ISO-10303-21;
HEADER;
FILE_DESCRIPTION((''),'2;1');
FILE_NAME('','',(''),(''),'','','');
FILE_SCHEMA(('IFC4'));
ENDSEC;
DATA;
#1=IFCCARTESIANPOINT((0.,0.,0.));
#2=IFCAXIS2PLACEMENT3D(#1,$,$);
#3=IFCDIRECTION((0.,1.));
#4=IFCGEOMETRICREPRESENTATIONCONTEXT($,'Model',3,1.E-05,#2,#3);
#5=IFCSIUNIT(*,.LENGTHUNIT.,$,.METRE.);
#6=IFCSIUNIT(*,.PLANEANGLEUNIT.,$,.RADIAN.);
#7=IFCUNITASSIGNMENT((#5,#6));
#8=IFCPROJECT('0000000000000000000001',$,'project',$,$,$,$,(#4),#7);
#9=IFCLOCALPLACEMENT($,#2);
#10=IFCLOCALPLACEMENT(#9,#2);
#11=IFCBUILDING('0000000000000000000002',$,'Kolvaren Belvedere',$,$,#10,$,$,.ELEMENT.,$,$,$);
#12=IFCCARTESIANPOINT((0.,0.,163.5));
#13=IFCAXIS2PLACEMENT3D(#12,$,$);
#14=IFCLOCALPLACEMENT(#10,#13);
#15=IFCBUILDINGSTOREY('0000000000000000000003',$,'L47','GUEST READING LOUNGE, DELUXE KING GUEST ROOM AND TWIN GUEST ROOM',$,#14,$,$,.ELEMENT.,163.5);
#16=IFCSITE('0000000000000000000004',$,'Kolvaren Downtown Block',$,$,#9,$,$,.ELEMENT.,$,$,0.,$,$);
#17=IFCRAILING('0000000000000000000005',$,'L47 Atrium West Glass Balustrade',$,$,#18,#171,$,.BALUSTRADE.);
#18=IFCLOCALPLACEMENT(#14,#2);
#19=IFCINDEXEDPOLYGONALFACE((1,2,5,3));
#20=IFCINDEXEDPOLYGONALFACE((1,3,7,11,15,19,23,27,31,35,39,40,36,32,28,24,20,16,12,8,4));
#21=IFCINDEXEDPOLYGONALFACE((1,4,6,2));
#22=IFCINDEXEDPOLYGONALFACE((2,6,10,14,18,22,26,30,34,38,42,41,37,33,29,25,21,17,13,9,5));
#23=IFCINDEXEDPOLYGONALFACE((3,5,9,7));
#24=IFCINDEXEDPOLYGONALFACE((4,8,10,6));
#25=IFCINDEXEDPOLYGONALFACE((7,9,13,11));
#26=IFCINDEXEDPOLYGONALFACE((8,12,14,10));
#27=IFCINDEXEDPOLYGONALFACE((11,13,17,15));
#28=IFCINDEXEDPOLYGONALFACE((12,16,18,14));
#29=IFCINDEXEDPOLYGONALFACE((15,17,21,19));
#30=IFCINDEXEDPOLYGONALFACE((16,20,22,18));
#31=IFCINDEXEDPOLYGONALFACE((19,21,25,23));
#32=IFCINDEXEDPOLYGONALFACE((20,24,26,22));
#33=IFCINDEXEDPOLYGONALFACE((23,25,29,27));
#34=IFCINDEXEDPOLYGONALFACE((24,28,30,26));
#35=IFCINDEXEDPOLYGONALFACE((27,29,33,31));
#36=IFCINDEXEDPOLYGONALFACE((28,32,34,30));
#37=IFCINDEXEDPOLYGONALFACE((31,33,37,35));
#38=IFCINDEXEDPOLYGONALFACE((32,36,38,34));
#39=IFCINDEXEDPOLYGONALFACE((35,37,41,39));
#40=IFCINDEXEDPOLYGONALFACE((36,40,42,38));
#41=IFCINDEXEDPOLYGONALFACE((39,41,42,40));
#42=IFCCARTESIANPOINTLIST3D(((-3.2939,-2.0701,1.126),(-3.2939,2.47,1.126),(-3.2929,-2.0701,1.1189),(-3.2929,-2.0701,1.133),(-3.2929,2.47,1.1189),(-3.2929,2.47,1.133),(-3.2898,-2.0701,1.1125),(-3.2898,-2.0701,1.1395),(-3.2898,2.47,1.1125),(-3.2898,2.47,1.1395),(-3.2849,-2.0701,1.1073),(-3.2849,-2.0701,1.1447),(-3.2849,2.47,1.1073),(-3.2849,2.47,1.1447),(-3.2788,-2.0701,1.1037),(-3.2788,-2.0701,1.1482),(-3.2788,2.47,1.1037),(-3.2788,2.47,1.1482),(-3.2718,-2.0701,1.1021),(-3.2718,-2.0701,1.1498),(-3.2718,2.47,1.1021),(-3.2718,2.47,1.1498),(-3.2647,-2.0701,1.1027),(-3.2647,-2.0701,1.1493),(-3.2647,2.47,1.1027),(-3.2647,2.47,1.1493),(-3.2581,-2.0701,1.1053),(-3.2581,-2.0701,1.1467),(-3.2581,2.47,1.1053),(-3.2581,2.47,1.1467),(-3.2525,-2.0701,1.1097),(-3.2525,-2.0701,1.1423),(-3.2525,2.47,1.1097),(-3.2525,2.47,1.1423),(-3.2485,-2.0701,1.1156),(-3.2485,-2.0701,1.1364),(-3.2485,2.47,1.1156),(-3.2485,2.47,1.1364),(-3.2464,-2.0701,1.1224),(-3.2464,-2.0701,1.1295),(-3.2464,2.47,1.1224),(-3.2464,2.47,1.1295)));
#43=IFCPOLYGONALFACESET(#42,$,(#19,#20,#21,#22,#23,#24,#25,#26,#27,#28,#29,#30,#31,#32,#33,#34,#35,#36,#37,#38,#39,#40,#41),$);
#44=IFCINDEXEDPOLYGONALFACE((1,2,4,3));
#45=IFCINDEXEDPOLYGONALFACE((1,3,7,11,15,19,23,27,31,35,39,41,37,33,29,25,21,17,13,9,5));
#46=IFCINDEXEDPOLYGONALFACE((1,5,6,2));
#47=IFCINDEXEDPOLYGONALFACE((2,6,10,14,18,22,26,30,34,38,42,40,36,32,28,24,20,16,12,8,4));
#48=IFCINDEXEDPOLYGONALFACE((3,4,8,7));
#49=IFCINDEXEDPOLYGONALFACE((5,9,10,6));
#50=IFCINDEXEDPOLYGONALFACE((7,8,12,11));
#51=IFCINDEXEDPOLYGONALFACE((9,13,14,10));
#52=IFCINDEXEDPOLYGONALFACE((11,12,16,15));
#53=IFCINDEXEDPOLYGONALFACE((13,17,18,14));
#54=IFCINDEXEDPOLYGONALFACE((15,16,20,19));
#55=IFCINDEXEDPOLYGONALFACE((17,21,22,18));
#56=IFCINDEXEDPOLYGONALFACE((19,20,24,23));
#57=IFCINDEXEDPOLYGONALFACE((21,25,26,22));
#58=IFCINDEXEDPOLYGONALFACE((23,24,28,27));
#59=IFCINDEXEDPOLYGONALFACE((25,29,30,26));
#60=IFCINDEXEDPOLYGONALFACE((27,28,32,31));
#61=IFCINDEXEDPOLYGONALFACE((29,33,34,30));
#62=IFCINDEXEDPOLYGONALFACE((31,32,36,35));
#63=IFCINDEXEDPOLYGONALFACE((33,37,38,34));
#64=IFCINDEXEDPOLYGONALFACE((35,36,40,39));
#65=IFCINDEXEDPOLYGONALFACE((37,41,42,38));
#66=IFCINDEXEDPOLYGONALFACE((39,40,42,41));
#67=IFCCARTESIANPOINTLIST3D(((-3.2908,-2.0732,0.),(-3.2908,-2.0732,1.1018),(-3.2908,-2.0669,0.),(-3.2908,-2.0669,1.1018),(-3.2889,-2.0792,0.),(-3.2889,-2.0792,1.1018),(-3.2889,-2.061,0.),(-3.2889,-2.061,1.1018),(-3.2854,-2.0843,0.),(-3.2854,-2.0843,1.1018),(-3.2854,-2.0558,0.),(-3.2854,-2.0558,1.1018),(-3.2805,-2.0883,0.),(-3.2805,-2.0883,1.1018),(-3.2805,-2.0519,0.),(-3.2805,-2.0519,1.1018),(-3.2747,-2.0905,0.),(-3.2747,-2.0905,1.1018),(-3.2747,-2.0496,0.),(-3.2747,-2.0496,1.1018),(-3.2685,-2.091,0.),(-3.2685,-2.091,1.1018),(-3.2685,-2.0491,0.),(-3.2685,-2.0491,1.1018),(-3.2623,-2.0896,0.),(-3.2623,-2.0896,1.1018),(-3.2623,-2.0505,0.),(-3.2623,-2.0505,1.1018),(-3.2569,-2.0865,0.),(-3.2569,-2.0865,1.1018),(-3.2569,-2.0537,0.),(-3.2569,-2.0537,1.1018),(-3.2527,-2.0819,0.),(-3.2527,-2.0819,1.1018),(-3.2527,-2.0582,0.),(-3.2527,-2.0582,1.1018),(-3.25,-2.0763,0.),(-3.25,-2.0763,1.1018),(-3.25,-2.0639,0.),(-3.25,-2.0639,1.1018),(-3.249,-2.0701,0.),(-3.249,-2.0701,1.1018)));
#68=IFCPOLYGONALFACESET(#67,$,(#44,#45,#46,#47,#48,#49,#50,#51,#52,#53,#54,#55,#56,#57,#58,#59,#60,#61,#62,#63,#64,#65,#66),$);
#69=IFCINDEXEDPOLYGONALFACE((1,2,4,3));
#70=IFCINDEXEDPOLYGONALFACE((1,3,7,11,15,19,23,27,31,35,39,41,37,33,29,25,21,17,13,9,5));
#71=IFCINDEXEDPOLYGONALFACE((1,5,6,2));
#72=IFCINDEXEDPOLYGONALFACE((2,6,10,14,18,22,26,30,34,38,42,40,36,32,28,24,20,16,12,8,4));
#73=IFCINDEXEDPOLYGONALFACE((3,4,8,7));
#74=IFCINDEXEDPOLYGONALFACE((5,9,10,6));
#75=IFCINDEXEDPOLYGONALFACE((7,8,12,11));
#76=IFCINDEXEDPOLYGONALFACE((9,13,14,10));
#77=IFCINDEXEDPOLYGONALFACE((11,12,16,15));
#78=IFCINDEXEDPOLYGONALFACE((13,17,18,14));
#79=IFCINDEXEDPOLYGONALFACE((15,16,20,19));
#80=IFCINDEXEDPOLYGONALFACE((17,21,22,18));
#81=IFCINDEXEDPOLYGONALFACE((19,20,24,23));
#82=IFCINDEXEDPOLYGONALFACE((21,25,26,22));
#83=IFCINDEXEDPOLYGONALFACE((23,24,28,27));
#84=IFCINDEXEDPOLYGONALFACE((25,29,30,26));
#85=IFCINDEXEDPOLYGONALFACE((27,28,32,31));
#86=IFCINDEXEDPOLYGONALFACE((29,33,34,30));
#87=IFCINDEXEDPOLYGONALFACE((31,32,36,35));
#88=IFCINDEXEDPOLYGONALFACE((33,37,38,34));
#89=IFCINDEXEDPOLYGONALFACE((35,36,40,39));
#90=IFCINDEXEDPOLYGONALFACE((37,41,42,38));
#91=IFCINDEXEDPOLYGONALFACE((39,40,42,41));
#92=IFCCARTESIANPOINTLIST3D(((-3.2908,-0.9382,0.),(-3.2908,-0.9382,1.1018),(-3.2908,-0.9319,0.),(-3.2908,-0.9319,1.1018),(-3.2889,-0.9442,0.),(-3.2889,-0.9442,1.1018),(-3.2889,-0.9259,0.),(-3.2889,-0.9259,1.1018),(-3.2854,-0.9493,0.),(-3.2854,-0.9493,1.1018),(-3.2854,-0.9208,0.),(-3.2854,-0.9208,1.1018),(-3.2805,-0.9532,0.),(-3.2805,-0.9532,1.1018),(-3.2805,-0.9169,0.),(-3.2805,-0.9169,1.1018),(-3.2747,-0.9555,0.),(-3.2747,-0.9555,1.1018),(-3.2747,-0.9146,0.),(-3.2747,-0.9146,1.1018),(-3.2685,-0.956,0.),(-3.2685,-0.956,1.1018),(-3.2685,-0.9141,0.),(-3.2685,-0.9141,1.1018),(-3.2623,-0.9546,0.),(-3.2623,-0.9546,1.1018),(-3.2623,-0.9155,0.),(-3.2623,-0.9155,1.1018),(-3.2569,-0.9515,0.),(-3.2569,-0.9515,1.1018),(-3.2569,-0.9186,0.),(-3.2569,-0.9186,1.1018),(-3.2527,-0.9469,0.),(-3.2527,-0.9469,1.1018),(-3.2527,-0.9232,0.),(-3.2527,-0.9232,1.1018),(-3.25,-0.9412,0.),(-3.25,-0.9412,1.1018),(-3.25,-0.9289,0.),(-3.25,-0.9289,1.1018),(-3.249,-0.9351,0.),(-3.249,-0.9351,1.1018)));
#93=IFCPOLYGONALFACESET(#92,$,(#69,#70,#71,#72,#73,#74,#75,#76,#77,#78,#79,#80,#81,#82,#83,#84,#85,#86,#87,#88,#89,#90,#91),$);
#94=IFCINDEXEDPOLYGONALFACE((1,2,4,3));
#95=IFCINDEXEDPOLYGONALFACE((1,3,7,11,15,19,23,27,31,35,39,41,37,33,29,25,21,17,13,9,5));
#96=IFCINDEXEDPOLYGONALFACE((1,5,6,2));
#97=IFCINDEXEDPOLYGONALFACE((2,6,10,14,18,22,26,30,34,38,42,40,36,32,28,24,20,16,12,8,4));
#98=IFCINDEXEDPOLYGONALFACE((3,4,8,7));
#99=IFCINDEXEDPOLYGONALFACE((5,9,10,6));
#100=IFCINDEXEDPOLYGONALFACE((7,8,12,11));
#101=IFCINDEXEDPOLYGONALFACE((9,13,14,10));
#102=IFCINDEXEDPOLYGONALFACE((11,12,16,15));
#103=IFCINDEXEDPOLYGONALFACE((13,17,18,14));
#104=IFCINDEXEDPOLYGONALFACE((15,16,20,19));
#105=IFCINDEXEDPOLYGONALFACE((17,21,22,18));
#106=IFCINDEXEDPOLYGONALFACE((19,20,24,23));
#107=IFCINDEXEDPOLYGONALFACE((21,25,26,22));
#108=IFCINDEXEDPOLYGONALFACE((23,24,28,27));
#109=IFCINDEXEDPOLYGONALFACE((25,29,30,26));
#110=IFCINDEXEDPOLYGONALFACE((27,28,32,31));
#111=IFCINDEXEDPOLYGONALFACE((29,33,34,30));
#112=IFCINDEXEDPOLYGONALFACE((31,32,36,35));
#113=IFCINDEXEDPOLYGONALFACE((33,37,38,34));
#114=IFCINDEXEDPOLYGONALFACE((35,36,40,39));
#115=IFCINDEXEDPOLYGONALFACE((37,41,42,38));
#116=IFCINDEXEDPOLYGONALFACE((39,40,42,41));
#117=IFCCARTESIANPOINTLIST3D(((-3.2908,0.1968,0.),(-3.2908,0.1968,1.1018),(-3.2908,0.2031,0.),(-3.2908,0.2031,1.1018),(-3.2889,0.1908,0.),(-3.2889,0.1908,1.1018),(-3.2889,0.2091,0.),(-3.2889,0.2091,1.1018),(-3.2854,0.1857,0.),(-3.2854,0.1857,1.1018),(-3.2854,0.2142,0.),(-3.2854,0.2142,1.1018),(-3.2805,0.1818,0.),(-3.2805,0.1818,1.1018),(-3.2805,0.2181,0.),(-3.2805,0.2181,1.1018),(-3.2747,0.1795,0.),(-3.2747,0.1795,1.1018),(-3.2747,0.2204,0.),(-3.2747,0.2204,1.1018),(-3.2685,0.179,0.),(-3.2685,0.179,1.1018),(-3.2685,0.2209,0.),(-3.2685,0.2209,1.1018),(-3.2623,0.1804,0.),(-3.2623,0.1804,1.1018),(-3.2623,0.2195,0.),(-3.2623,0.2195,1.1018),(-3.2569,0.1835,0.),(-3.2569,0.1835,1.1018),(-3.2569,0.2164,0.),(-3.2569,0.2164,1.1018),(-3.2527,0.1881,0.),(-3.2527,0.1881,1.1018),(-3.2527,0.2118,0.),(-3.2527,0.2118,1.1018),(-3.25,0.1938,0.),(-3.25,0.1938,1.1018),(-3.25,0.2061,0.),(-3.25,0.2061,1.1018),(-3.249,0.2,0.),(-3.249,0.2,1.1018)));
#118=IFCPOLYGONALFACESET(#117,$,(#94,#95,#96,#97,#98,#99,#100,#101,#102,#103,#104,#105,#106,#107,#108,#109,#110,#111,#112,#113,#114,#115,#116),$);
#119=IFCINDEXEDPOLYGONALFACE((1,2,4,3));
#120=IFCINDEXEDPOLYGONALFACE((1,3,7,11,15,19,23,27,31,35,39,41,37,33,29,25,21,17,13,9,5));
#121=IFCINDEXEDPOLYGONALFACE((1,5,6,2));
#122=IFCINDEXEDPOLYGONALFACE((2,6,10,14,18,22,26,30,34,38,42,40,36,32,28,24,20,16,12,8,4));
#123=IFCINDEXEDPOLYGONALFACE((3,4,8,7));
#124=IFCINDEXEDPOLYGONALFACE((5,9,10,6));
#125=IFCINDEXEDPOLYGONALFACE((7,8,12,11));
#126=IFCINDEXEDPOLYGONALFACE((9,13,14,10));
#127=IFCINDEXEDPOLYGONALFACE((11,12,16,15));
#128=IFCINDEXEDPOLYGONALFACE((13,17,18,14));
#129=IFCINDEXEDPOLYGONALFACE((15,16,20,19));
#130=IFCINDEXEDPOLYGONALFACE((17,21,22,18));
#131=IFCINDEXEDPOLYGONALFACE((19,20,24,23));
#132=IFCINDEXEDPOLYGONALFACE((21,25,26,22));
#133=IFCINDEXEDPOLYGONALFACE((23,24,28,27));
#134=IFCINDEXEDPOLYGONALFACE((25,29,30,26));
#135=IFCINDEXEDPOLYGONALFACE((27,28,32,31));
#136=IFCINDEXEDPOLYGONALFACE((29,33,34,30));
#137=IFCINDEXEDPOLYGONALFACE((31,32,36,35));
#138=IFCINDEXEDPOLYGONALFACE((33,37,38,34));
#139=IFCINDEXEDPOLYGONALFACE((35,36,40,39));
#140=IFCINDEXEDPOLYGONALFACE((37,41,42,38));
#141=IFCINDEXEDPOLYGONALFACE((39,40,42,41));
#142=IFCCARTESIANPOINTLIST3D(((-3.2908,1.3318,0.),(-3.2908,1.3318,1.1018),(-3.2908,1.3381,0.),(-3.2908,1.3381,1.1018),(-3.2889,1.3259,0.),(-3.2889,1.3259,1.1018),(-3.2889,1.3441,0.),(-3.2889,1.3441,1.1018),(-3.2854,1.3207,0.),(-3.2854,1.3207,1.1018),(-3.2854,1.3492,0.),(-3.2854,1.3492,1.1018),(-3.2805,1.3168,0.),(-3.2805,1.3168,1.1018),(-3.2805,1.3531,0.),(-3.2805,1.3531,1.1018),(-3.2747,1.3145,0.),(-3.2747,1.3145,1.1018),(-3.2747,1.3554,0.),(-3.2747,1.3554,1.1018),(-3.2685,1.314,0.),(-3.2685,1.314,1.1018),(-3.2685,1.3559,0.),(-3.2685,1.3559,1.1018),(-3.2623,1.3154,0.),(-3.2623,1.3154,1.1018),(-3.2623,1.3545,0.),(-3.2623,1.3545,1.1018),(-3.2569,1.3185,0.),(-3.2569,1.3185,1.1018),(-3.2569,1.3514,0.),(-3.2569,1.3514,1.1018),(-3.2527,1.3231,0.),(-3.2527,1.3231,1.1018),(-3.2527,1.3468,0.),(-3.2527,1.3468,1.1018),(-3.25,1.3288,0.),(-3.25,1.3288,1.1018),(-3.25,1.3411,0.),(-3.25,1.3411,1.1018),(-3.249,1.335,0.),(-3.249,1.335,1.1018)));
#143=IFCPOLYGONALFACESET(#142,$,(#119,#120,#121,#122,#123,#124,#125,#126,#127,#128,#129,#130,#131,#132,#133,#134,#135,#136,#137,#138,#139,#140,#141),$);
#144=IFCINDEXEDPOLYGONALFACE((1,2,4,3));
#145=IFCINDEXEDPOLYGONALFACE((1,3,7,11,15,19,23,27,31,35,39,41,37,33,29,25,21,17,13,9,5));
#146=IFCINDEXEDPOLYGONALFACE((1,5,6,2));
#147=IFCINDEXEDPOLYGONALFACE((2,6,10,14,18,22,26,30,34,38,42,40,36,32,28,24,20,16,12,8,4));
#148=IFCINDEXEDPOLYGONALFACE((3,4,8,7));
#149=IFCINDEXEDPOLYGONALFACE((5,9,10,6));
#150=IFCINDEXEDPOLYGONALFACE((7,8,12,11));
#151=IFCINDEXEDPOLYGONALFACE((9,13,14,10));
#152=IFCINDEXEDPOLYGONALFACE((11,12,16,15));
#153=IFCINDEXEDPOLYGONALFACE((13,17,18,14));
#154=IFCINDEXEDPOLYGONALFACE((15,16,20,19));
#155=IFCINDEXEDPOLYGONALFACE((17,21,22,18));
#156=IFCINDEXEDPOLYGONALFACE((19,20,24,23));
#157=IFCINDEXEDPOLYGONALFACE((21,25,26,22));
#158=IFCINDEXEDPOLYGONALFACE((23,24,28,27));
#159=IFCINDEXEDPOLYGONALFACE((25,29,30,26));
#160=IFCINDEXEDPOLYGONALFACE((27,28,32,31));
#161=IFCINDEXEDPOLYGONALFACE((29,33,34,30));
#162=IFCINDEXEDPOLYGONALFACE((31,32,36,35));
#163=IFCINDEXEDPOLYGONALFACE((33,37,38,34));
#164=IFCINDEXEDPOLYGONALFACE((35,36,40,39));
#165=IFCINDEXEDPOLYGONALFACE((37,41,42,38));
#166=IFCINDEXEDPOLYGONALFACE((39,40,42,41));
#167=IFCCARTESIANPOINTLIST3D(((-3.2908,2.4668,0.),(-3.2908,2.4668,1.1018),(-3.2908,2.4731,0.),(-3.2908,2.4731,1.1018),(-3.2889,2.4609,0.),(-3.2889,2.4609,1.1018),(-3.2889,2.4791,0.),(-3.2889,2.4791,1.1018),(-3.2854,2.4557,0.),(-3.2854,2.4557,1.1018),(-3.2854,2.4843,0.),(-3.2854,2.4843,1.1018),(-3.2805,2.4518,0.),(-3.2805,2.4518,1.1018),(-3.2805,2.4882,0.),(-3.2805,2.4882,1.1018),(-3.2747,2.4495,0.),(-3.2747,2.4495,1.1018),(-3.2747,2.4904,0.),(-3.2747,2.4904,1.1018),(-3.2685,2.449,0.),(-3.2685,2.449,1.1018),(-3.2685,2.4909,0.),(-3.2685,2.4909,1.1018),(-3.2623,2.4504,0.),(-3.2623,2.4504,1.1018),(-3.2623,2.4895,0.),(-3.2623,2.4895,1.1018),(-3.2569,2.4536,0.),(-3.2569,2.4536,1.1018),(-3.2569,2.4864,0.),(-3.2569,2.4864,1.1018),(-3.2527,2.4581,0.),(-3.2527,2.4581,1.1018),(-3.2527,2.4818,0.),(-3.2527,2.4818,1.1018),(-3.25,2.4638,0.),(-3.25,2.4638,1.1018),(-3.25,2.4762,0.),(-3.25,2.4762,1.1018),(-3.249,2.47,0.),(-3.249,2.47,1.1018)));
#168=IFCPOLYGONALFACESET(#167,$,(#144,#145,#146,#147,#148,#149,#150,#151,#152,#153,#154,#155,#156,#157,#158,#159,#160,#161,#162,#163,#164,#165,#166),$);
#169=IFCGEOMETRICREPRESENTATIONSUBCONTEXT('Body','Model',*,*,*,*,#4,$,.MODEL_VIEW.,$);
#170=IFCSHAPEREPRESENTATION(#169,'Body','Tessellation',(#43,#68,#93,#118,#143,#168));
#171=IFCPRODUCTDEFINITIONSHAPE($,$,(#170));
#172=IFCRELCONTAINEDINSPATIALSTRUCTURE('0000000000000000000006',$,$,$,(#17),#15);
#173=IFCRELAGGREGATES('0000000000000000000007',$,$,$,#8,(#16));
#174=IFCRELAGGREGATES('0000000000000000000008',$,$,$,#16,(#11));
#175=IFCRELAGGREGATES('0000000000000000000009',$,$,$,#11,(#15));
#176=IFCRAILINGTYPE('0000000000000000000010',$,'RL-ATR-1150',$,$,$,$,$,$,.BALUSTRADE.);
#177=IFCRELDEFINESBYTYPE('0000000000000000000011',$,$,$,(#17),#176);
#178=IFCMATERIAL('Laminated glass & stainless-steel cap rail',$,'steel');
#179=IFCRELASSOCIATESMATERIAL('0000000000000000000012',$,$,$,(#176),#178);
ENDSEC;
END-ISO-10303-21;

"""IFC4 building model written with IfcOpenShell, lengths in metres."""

from ifc_helpers import new_model, si_unit, direction, frame, origin, origin_2d, place, context, subcontext, project, spatial, circle, extrude, material, type_object, element, save


model = new_model("IFC4")

# Units and contexts
model_context = context("Model", 3, precision=1e-05, world=origin(), true_north=direction((0.0, 1.0)))
body_context = subcontext(model_context, "Body", "Model", "MODEL_VIEW")
ifc_project = project(units=[si_unit("LENGTHUNIT", "METRE"), si_unit("PLANEANGLEUNIT", "RADIAN")], contexts=[model_context])

# Site, building, storey
site_placement = place(None, origin())
site = spatial("IfcSite", under=ifc_project, at=site_placement, Name="Kolvaren Downtown Block", CompositionType="ELEMENT", RefElevation=0.0)
building_placement = place(site_placement, origin())
building = spatial("IfcBuilding", under=site, at=building_placement, Name="Kolvaren Belvedere", CompositionType="ELEMENT")
storey_placement = place(building_placement, frame((0.0, 0.0, 163.5)))
storey = spatial("IfcBuildingStorey", under=building, at=storey_placement, Name="L47", Description="GUEST READING LOUNGE, DELUXE KING GUEST ROOM AND TWIN GUEST ROOM", CompositionType="ELEMENT", Elevation=163.5)

# Railing
ifc_material_1 = material(Name="Laminated glass & stainless-steel cap rail", Category="steel")
railing_type_1 = type_object("IfcRailingType", Name="RL-ATR-1150", PredefinedType="BALUSTRADE", material=ifc_material_1)
railing_1_placement = place(storey_placement, frame((-3.27, -2.0701, 0.0)))
element("IfcRailing", 1, at=railing_1_placement, inside=storey, type_object=railing_type_1, Name="L47 Atrium West Glass Balustrade", PredefinedType="BALUSTRADE", context=body_context, shape_type="SweptSolid", body=[
    extrude(circle(Radius=0.0239, at=origin_2d()), frame((0.0, 0.0, 1.126), z_axis=(0.0, 1.0, 0.0), x_axis=(-1.0, 0.0, 0.0)), (0.0, 0.0, 1.0), 4.54),
    extrude(circle(Radius=0.021, at=origin_2d()), origin(), (0.0, 0.0, 1.0), 1.1018),
    extrude(circle(Radius=0.021, at=origin_2d()), frame((0.0, 1.135, 0.0)), (0.0, 0.0, 1.0), 1.1018),
    extrude(circle(Radius=0.021, at=origin_2d()), frame((0.0, 2.27, 0.0)), (0.0, 0.0, 1.0), 1.1018),
    extrude(circle(Radius=0.021, at=origin_2d()), frame((0.0, 3.405, 0.0)), (0.0, 0.0, 1.0), 1.1018),
    extrude(circle(Radius=0.021, at=origin_2d()), frame((0.0, 4.54, 0.0)), (0.0, 0.0, 1.0), 1.1018),
])

save(model, "model.ifc")
